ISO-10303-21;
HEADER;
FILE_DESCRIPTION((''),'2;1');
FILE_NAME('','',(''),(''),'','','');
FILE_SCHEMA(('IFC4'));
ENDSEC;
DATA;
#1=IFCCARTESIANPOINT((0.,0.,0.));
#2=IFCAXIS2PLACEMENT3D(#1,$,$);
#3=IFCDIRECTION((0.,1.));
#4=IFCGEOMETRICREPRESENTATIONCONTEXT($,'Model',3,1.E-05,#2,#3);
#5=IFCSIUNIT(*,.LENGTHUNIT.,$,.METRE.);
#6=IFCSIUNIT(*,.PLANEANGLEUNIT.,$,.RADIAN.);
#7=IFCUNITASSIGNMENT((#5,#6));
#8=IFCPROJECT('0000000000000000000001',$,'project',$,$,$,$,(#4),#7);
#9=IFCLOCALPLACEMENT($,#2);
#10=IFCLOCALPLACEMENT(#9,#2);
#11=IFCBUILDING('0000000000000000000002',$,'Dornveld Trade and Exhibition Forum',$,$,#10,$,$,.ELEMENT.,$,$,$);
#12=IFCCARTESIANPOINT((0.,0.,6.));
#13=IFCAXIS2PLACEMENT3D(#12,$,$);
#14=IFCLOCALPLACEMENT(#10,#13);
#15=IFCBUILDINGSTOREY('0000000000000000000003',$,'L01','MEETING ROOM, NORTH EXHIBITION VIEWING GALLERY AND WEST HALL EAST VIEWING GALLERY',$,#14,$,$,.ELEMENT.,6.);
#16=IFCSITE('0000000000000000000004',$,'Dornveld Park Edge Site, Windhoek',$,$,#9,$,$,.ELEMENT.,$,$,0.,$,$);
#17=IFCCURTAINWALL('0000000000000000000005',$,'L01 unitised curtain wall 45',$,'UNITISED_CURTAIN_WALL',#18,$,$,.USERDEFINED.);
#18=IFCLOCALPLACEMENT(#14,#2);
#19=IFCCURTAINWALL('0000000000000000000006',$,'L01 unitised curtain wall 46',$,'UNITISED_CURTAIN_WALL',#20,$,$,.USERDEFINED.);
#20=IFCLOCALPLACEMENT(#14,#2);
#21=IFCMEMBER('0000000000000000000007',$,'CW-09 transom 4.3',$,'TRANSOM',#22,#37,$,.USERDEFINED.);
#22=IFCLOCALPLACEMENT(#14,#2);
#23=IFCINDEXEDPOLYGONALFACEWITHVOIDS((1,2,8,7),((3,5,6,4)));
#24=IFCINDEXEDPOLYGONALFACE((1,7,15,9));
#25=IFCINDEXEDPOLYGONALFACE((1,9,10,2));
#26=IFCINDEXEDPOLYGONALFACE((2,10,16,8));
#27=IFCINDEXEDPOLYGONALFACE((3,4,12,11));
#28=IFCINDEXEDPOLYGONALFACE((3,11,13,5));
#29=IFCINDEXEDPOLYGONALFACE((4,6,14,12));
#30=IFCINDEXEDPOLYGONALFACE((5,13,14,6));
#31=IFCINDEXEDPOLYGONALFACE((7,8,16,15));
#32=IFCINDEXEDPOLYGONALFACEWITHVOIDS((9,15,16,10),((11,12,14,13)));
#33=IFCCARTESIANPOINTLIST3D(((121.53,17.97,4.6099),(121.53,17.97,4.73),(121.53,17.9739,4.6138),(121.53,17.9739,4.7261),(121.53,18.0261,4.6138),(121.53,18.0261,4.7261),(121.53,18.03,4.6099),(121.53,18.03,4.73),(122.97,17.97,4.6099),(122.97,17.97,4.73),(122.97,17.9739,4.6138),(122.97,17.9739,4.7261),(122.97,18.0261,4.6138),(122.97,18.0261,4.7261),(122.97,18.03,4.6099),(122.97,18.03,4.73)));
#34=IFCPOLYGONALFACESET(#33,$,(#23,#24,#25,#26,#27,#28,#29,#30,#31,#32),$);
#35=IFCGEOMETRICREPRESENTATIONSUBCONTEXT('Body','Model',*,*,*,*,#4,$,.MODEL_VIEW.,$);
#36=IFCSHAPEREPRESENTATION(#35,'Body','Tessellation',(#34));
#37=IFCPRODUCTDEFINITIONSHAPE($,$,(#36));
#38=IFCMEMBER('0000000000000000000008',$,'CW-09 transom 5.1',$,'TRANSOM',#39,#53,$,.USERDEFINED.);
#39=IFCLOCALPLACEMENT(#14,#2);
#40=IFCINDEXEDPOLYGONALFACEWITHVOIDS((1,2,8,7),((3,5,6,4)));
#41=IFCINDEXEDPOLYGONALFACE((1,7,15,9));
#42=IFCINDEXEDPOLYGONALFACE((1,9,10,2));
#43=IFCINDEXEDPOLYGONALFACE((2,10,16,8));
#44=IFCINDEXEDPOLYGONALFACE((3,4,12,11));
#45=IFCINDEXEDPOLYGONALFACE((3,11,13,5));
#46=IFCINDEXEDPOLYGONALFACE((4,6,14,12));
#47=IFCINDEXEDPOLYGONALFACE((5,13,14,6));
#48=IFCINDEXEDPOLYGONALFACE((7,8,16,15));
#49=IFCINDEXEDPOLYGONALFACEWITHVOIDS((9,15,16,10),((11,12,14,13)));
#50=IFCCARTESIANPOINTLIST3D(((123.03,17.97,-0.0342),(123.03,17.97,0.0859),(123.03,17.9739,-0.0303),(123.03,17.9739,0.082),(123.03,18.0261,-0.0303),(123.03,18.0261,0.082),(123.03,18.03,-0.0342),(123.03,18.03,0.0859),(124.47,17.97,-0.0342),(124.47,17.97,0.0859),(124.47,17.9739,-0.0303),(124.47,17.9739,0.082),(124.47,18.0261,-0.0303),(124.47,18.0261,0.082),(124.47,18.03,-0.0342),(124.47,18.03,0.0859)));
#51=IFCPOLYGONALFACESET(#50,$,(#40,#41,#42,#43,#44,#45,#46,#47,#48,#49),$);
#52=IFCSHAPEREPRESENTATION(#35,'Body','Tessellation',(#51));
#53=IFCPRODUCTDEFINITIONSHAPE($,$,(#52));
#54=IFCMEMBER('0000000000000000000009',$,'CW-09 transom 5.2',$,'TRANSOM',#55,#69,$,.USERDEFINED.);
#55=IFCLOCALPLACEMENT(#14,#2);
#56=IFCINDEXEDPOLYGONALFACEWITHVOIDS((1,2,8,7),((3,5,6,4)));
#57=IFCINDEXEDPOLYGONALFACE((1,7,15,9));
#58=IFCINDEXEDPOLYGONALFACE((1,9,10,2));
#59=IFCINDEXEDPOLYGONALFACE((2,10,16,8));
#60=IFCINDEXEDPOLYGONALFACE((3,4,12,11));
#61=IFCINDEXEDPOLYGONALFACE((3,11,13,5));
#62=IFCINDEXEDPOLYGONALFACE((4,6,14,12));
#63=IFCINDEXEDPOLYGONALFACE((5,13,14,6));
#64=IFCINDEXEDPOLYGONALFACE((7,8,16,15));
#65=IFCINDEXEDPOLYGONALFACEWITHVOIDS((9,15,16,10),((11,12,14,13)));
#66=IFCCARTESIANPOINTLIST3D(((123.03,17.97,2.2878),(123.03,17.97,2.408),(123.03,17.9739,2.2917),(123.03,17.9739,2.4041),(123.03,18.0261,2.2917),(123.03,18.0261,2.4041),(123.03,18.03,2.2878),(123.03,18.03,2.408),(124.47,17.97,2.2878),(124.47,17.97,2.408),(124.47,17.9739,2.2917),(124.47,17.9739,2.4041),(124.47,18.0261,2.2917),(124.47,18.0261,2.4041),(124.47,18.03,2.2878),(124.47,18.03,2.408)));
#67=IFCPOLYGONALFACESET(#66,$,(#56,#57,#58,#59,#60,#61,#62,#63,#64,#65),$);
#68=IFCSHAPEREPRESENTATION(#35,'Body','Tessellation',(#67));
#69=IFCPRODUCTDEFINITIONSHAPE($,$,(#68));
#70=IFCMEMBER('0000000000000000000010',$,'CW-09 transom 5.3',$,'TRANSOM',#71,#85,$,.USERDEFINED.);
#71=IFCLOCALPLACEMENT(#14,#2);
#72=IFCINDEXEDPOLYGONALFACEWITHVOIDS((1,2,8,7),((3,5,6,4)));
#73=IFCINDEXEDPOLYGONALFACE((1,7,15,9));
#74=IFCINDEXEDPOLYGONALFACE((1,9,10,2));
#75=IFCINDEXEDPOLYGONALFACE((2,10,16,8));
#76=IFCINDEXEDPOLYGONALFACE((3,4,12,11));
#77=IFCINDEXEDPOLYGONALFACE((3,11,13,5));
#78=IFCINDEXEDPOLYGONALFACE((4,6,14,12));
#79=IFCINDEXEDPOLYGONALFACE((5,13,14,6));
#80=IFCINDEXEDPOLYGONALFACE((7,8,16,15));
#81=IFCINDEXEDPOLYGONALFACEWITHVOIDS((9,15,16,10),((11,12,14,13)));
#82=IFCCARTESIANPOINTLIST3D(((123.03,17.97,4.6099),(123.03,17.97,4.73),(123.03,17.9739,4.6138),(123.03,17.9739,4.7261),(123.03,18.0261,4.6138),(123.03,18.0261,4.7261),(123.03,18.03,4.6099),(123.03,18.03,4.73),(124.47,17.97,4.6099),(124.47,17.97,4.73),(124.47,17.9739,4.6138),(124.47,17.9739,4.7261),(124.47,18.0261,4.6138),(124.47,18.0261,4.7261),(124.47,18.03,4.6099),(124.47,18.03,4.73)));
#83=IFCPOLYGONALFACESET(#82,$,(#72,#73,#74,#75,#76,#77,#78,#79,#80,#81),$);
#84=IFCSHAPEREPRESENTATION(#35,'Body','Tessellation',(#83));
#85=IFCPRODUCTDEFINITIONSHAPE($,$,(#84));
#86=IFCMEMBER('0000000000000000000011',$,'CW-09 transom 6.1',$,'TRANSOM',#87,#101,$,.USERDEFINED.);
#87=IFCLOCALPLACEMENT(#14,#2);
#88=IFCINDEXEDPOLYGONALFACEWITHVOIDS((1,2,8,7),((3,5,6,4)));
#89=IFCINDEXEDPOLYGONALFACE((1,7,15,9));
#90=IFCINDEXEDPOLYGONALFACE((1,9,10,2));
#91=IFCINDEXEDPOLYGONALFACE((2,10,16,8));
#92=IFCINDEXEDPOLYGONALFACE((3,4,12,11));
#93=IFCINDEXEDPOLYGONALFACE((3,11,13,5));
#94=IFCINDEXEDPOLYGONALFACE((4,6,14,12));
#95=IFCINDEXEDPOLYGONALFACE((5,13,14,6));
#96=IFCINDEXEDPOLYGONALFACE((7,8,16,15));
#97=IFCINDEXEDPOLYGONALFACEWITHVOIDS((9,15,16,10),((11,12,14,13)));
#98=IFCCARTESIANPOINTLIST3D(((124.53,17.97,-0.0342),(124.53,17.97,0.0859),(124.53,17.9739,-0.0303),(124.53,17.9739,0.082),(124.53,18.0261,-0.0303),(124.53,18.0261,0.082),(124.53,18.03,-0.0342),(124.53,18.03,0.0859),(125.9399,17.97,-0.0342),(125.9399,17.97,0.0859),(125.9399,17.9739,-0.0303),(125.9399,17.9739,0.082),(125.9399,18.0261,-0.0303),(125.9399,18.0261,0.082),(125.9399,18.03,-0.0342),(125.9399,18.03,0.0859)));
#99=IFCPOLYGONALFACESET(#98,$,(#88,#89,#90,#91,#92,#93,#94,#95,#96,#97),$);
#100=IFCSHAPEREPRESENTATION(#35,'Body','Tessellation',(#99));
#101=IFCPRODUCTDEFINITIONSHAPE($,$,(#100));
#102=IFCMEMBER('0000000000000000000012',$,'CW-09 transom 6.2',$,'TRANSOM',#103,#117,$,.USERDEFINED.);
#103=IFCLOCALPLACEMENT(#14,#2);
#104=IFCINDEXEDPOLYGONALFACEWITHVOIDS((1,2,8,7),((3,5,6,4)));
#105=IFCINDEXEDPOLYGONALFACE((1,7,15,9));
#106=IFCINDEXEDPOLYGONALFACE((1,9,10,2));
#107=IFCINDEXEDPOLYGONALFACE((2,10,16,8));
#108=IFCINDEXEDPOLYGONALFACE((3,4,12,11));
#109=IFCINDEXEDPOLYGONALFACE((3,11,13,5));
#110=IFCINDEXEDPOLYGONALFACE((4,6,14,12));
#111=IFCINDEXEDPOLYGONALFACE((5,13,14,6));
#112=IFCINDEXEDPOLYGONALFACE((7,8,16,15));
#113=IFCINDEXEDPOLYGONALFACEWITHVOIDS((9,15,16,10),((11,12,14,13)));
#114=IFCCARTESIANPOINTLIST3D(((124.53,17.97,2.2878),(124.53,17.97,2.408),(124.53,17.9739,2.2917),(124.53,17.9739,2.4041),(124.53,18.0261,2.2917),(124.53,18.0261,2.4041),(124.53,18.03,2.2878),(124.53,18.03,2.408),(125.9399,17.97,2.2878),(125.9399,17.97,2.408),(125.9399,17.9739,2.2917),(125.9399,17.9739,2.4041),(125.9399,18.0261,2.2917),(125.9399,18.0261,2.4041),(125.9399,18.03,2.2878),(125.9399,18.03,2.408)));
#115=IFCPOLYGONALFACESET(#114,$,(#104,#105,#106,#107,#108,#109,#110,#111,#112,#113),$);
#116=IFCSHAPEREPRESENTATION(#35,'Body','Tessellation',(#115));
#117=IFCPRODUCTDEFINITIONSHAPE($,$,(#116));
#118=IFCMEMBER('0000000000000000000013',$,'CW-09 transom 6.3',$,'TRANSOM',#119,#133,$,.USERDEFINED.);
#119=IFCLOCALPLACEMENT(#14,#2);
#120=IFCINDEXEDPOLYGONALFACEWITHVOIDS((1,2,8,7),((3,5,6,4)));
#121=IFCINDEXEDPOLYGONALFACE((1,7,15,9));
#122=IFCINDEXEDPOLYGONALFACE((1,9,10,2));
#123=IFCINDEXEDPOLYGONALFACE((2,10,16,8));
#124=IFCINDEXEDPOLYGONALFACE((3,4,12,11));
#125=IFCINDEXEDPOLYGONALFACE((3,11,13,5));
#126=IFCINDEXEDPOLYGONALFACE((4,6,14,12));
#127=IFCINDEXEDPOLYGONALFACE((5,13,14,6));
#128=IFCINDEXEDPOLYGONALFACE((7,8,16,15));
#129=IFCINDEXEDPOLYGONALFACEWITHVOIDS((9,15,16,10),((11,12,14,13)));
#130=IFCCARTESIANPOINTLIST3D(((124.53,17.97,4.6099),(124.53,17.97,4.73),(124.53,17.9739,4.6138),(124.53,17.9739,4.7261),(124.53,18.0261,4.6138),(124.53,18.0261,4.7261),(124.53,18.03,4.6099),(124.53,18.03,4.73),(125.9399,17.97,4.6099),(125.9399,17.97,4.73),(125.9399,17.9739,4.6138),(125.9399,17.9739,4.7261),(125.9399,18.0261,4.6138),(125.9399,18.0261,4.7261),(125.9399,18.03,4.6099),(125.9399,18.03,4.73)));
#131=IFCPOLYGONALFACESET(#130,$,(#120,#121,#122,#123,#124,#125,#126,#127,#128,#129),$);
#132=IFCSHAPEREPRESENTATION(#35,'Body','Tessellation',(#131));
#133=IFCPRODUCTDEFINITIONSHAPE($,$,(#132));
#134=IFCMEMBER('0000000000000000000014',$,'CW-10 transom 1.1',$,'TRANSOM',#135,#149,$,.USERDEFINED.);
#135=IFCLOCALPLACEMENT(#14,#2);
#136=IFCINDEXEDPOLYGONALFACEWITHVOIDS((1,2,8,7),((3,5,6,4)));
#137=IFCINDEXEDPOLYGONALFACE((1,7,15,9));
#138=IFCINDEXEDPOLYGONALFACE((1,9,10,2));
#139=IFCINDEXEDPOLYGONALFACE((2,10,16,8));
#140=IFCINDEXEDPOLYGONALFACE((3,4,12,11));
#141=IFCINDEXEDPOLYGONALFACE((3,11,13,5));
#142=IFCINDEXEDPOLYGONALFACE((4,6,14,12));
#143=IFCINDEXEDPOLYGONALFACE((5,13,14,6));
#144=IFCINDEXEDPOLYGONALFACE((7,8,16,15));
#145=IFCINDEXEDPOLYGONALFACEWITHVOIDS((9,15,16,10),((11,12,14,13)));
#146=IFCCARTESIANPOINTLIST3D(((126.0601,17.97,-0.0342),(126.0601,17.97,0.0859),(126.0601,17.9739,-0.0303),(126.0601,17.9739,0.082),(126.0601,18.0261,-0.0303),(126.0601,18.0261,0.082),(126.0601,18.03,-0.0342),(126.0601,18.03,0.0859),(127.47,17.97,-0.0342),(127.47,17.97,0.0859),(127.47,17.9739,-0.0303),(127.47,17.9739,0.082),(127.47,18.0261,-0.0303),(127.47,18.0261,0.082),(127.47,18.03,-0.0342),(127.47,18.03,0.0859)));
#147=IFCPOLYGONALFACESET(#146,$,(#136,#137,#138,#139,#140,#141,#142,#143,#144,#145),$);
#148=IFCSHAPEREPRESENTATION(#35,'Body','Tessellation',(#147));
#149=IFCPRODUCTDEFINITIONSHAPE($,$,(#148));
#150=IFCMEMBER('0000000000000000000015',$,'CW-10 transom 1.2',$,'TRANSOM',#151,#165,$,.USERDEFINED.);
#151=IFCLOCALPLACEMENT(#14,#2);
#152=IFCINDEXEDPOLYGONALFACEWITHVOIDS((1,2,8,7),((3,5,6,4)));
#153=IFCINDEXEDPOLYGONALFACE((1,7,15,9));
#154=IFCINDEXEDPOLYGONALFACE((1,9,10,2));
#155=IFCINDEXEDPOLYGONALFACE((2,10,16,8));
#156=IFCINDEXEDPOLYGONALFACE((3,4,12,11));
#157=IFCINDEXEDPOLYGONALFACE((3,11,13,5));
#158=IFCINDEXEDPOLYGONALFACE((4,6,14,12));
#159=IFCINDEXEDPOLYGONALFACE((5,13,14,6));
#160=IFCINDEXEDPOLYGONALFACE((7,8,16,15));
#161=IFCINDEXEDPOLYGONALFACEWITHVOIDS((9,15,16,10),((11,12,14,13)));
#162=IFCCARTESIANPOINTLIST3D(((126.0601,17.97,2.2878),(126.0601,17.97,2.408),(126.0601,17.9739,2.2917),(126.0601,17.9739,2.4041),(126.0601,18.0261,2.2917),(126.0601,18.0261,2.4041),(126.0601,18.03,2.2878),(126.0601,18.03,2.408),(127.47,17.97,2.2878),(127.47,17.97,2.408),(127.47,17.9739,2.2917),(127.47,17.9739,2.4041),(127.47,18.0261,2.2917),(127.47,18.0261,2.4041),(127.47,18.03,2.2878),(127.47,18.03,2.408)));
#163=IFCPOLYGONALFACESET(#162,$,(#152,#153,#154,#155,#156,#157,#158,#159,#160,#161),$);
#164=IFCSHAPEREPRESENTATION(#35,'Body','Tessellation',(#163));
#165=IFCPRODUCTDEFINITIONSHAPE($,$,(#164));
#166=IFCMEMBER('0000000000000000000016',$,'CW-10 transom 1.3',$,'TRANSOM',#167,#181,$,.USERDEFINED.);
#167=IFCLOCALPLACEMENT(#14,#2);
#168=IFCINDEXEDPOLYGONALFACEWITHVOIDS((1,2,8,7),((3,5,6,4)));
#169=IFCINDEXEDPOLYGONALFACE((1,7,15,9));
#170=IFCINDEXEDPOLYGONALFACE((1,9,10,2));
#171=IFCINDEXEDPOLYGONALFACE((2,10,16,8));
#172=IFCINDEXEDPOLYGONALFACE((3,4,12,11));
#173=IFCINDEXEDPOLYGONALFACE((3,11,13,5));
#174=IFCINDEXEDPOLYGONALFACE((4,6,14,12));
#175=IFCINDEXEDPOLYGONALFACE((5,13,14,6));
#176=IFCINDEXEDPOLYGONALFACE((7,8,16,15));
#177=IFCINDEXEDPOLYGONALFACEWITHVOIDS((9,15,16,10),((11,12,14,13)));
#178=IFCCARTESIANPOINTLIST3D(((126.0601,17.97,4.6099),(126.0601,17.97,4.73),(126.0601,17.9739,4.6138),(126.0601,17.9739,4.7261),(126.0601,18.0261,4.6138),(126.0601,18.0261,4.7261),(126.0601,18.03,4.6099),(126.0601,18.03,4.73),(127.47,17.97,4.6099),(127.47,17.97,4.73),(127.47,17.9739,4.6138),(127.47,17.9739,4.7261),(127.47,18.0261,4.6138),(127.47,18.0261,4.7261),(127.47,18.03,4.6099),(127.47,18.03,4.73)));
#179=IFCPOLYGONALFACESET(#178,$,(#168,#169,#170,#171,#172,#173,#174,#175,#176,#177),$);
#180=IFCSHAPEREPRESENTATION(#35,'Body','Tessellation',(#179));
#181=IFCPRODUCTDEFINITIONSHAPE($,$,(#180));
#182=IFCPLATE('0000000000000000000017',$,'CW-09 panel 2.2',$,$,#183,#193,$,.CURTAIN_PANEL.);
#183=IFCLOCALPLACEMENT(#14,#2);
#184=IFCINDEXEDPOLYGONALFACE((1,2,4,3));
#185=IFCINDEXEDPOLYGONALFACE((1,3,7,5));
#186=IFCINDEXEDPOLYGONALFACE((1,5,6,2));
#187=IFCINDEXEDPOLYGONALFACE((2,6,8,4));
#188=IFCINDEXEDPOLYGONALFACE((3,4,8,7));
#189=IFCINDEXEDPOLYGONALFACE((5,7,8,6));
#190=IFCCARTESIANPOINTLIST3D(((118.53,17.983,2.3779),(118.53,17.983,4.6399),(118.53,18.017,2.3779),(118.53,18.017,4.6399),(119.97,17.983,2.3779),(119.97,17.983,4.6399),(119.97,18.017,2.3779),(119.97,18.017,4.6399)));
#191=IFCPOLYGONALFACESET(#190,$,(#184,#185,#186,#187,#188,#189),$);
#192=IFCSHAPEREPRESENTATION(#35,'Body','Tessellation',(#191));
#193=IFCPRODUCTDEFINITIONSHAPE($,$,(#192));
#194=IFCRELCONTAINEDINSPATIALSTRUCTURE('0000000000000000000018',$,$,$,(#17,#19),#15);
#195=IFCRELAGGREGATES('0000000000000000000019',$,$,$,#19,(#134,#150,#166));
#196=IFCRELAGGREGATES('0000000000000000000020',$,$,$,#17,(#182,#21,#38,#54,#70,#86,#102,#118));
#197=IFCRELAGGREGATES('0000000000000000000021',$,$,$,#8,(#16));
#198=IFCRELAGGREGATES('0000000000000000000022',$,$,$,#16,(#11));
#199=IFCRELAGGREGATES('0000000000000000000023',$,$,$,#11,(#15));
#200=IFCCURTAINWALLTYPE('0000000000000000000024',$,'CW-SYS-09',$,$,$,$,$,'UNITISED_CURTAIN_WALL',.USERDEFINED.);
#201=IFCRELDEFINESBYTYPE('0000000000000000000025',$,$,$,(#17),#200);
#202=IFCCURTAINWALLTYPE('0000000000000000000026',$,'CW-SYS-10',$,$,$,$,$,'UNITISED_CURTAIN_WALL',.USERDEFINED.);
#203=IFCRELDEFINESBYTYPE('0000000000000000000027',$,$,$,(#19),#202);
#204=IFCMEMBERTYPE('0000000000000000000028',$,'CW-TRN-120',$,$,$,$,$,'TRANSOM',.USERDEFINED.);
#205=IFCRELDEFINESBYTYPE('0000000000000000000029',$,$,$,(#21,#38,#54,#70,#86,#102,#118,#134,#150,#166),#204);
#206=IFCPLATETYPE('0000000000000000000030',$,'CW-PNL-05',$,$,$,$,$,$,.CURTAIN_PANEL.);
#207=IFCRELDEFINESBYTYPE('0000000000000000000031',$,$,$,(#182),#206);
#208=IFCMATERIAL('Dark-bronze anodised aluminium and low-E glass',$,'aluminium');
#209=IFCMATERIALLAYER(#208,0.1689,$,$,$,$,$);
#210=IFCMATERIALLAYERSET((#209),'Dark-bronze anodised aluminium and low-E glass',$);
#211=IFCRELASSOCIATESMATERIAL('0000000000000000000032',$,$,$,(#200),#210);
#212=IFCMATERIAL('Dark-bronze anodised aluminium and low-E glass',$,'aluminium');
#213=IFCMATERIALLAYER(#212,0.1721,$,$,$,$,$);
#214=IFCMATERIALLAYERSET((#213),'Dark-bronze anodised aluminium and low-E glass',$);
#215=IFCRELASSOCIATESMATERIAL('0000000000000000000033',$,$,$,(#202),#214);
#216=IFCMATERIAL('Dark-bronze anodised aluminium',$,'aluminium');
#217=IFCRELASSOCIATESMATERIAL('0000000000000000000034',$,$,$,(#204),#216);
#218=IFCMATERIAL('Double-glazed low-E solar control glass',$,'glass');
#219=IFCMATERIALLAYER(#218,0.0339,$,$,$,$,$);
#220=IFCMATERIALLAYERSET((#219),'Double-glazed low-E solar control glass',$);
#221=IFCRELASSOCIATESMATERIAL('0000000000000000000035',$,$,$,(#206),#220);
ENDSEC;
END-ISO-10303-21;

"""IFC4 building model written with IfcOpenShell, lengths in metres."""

from ifc_helpers import new_model, si_unit, direction, frame, origin, origin_2d, place, context, subcontext, project, spatial, rectangle, hollow_rectangle, extrude, material, layer, layer_set, material_profile, profile_set, type_object, element, aggregate, save


model = new_model("IFC4")

# Units and contexts
model_context = context("Model", 3, precision=1e-05, world=origin(), true_north=direction((0.0, 1.0)))
body_context = subcontext(model_context, "Body", "Model", "MODEL_VIEW")
ifc_project = project(units=[si_unit("LENGTHUNIT", "METRE"), si_unit("PLANEANGLEUNIT", "RADIAN")], contexts=[model_context])

# Site, building, storey
site_placement = place(None, origin())
site = spatial("IfcSite", under=ifc_project, at=site_placement, Name="Dornveld Park Edge Site, Windhoek", CompositionType="ELEMENT", RefElevation=0.0)
building_placement = place(site_placement, origin())
building = spatial("IfcBuilding", under=site, at=building_placement, Name="Dornveld Trade and Exhibition Forum", CompositionType="ELEMENT")
storey_placement = place(building_placement, frame((0.0, 0.0, 6.0)))
storey = spatial("IfcBuildingStorey", under=building, at=storey_placement, Name="L01", Description="MEETING ROOM, NORTH EXHIBITION VIEWING GALLERY AND WEST HALL EAST VIEWING GALLERY", CompositionType="ELEMENT", Elevation=6.0)

# Curtain wall
ifc_material_1 = material(Name="Dark-bronze anodised aluminium and low-E glass", Category="aluminium")
ifc_layer_1 = layer(ifc_material_1, 0.1689)
ifc_layer_set_1 = layer_set([ifc_layer_1], Name="Dark-bronze anodised aluminium and low-E glass")
curtain_wall_type_1 = type_object("IfcCurtainWallType", Name="CW-SYS-09", ElementType="UNITISED_CURTAIN_WALL", PredefinedType="USERDEFINED", material=ifc_layer_set_1)
curtain_wall_1_placement = place(storey_placement, origin())
curtain_wall_1 = element("IfcCurtainWall", 1, at=curtain_wall_1_placement, inside=storey, type_object=curtain_wall_type_1, Name="L01 unitised curtain wall 45", ObjectType="UNITISED_CURTAIN_WALL", PredefinedType="USERDEFINED")

# Curtain wall
ifc_material_2 = material(Name="Dark-bronze anodised aluminium and low-E glass", Category="aluminium")
ifc_layer_2 = layer(ifc_material_2, 0.1721)
ifc_layer_set_2 = layer_set([ifc_layer_2], Name="Dark-bronze anodised aluminium and low-E glass")
curtain_wall_type_2 = type_object("IfcCurtainWallType", Name="CW-SYS-10", ElementType="UNITISED_CURTAIN_WALL", PredefinedType="USERDEFINED", material=ifc_layer_set_2)
curtain_wall_2_placement = place(storey_placement, origin())
curtain_wall_2 = element("IfcCurtainWall", 2, at=curtain_wall_2_placement, inside=storey, type_object=curtain_wall_type_2, Name="L01 unitised curtain wall 46", ObjectType="UNITISED_CURTAIN_WALL", PredefinedType="USERDEFINED")

# Members
ifc_material_3 = material(Name="Dark-bronze anodised aluminium", Category="aluminium")
ifc_material_profile_1 = material_profile(ifc_material_3, hollow_rectangle(XDim=0.0601, YDim=0.1201, WallThickness=0.0039, at=origin_2d()), Name="RHS 120x60x4")
ifc_profile_set_1 = profile_set([ifc_material_profile_1], Name="Dark-bronze anodised aluminium")
member_type_1 = type_object("IfcMemberType", Name="CW-TRN-120", ElementType="TRANSOM", PredefinedType="USERDEFINED", material=ifc_profile_set_1)
member_1_placement = place(storey_placement, frame((121.53, 18.0, 4.6699), z_axis=(1.0, 0.0, 0.0), x_axis=(0.0, 1.0, 0.0)))
member_1 = element("IfcMember", 3, at=member_1_placement, type_object=member_type_1, Name="CW-09 transom 4.3", ObjectType="TRANSOM", PredefinedType="USERDEFINED", context=body_context, shape_type="SweptSolid", body=[
    extrude(hollow_rectangle(XDim=0.0601, YDim=0.1201, WallThickness=0.0039, at=origin_2d()), origin(), (0.0, 0.0, 1.0), 1.4399),
])
member_2_placement = place(storey_placement, frame((123.03, 18.0, 0.0259), z_axis=(1.0, 0.0, 0.0), x_axis=(0.0, 1.0, 0.0)))
member_2 = element("IfcMember", 4, at=member_2_placement, type_object=member_type_1, Name="CW-09 transom 5.1", ObjectType="TRANSOM", PredefinedType="USERDEFINED", context=body_context, shape_type="SweptSolid", body=[
    extrude(hollow_rectangle(XDim=0.0601, YDim=0.1201, WallThickness=0.0039, at=origin_2d()), origin(), (0.0, 0.0, 1.0), 1.4399),
])
member_3_placement = place(storey_placement, frame((123.03, 18.0, 2.3479), z_axis=(1.0, 0.0, 0.0), x_axis=(0.0, 1.0, 0.0)))
member_3 = element("IfcMember", 5, at=member_3_placement, type_object=member_type_1, Name="CW-09 transom 5.2", ObjectType="TRANSOM", PredefinedType="USERDEFINED", context=body_context, shape_type="SweptSolid", body=[
    extrude(hollow_rectangle(XDim=0.0601, YDim=0.1201, WallThickness=0.0039, at=origin_2d()), origin(), (0.0, 0.0, 1.0), 1.4399),
])
member_4_placement = place(storey_placement, frame((123.03, 18.0, 4.6699), z_axis=(1.0, 0.0, 0.0), x_axis=(0.0, 1.0, 0.0)))
member_4 = element("IfcMember", 6, at=member_4_placement, type_object=member_type_1, Name="CW-09 transom 5.3", ObjectType="TRANSOM", PredefinedType="USERDEFINED", context=body_context, shape_type="SweptSolid", body=[
    extrude(hollow_rectangle(XDim=0.0601, YDim=0.1201, WallThickness=0.0039, at=origin_2d()), origin(), (0.0, 0.0, 1.0), 1.4399),
])
member_5_placement = place(storey_placement, frame((124.53, 18.0, 0.0259), z_axis=(1.0, 0.0, 0.0), x_axis=(0.0, 1.0, 0.0)))
member_5 = element("IfcMember", 7, at=member_5_placement, type_object=member_type_1, Name="CW-09 transom 6.1", ObjectType="TRANSOM", PredefinedType="USERDEFINED", context=body_context, shape_type="SweptSolid", body=[
    extrude(hollow_rectangle(XDim=0.0601, YDim=0.1201, WallThickness=0.0039, at=origin_2d()), origin(), (0.0, 0.0, 1.0), 1.4099),
])
member_6_placement = place(storey_placement, frame((124.53, 18.0, 2.3479), z_axis=(1.0, 0.0, 0.0), x_axis=(0.0, 1.0, 0.0)))
member_6 = element("IfcMember", 8, at=member_6_placement, type_object=member_type_1, Name="CW-09 transom 6.2", ObjectType="TRANSOM", PredefinedType="USERDEFINED", context=body_context, shape_type="SweptSolid", body=[
    extrude(hollow_rectangle(XDim=0.0601, YDim=0.1201, WallThickness=0.0039, at=origin_2d()), origin(), (0.0, 0.0, 1.0), 1.4099),
])
member_7_placement = place(storey_placement, frame((124.53, 18.0, 4.6699), z_axis=(1.0, 0.0, 0.0), x_axis=(0.0, 1.0, 0.0)))
member_7 = element("IfcMember", 9, at=member_7_placement, type_object=member_type_1, Name="CW-09 transom 6.3", ObjectType="TRANSOM", PredefinedType="USERDEFINED", context=body_context, shape_type="SweptSolid", body=[
    extrude(hollow_rectangle(XDim=0.0601, YDim=0.1201, WallThickness=0.0039, at=origin_2d()), origin(), (0.0, 0.0, 1.0), 1.4099),
])
member_8_placement = place(storey_placement, frame((126.0601, 18.0, 0.0259), z_axis=(1.0, 0.0, 0.0), x_axis=(0.0, 1.0, 0.0)))
member_8 = element("IfcMember", 10, at=member_8_placement, type_object=member_type_1, Name="CW-10 transom 1.1", ObjectType="TRANSOM", PredefinedType="USERDEFINED", context=body_context, shape_type="SweptSolid", body=[
    extrude(hollow_rectangle(XDim=0.0601, YDim=0.1201, WallThickness=0.0039, at=origin_2d()), origin(), (0.0, 0.0, 1.0), 1.4099),
])
member_9_placement = place(storey_placement, frame((126.0601, 18.0, 2.3479), z_axis=(1.0, 0.0, 0.0), x_axis=(0.0, 1.0, 0.0)))
member_9 = element("IfcMember", 11, at=member_9_placement, type_object=member_type_1, Name="CW-10 transom 1.2", ObjectType="TRANSOM", PredefinedType="USERDEFINED", context=body_context, shape_type="SweptSolid", body=[
    extrude(hollow_rectangle(XDim=0.0601, YDim=0.1201, WallThickness=0.0039, at=origin_2d()), origin(), (0.0, 0.0, 1.0), 1.4099),
])
member_10_placement = place(storey_placement, frame((126.0601, 18.0, 4.6699), z_axis=(1.0, 0.0, 0.0), x_axis=(0.0, 1.0, 0.0)))
member_10 = element("IfcMember", 12, at=member_10_placement, type_object=member_type_1, Name="CW-10 transom 1.3", ObjectType="TRANSOM", PredefinedType="USERDEFINED", context=body_context, shape_type="SweptSolid", body=[
    extrude(hollow_rectangle(XDim=0.0601, YDim=0.1201, WallThickness=0.0039, at=origin_2d()), origin(), (0.0, 0.0, 1.0), 1.4099),
])
aggregate(curtain_wall_2, [member_8, member_9, member_10])

# Plate
ifc_material_4 = material(Name="Double-glazed low-E solar control glass", Category="glass")
ifc_layer_3 = layer(ifc_material_4, 0.0339)
ifc_layer_set_3 = layer_set([ifc_layer_3], Name="Double-glazed low-E solar control glass")
plate_type = type_object("IfcPlateType", Name="CW-PNL-05", PredefinedType="CURTAIN_PANEL", material=ifc_layer_set_3)
plate_1_placement = place(storey_placement, frame((119.25, 18.0, 2.3779), z_axis=(0.0, 0.0, 1.0), x_axis=(1.0, 0.0, 0.0)))
plate_1 = element("IfcPlate", 13, at=plate_1_placement, type_object=plate_type, Name="CW-09 panel 2.2", PredefinedType="CURTAIN_PANEL", context=body_context, shape_type="SweptSolid", body=[
    extrude(rectangle(XDim=1.4399, YDim=0.0339, at=origin_2d()), origin(), (0.0, 0.0, 1.0), 2.262),
])
aggregate(curtain_wall_1, [plate_1, member_1, member_2, member_3, member_4, member_5, member_6, member_7])

save(model, "model.ifc")
